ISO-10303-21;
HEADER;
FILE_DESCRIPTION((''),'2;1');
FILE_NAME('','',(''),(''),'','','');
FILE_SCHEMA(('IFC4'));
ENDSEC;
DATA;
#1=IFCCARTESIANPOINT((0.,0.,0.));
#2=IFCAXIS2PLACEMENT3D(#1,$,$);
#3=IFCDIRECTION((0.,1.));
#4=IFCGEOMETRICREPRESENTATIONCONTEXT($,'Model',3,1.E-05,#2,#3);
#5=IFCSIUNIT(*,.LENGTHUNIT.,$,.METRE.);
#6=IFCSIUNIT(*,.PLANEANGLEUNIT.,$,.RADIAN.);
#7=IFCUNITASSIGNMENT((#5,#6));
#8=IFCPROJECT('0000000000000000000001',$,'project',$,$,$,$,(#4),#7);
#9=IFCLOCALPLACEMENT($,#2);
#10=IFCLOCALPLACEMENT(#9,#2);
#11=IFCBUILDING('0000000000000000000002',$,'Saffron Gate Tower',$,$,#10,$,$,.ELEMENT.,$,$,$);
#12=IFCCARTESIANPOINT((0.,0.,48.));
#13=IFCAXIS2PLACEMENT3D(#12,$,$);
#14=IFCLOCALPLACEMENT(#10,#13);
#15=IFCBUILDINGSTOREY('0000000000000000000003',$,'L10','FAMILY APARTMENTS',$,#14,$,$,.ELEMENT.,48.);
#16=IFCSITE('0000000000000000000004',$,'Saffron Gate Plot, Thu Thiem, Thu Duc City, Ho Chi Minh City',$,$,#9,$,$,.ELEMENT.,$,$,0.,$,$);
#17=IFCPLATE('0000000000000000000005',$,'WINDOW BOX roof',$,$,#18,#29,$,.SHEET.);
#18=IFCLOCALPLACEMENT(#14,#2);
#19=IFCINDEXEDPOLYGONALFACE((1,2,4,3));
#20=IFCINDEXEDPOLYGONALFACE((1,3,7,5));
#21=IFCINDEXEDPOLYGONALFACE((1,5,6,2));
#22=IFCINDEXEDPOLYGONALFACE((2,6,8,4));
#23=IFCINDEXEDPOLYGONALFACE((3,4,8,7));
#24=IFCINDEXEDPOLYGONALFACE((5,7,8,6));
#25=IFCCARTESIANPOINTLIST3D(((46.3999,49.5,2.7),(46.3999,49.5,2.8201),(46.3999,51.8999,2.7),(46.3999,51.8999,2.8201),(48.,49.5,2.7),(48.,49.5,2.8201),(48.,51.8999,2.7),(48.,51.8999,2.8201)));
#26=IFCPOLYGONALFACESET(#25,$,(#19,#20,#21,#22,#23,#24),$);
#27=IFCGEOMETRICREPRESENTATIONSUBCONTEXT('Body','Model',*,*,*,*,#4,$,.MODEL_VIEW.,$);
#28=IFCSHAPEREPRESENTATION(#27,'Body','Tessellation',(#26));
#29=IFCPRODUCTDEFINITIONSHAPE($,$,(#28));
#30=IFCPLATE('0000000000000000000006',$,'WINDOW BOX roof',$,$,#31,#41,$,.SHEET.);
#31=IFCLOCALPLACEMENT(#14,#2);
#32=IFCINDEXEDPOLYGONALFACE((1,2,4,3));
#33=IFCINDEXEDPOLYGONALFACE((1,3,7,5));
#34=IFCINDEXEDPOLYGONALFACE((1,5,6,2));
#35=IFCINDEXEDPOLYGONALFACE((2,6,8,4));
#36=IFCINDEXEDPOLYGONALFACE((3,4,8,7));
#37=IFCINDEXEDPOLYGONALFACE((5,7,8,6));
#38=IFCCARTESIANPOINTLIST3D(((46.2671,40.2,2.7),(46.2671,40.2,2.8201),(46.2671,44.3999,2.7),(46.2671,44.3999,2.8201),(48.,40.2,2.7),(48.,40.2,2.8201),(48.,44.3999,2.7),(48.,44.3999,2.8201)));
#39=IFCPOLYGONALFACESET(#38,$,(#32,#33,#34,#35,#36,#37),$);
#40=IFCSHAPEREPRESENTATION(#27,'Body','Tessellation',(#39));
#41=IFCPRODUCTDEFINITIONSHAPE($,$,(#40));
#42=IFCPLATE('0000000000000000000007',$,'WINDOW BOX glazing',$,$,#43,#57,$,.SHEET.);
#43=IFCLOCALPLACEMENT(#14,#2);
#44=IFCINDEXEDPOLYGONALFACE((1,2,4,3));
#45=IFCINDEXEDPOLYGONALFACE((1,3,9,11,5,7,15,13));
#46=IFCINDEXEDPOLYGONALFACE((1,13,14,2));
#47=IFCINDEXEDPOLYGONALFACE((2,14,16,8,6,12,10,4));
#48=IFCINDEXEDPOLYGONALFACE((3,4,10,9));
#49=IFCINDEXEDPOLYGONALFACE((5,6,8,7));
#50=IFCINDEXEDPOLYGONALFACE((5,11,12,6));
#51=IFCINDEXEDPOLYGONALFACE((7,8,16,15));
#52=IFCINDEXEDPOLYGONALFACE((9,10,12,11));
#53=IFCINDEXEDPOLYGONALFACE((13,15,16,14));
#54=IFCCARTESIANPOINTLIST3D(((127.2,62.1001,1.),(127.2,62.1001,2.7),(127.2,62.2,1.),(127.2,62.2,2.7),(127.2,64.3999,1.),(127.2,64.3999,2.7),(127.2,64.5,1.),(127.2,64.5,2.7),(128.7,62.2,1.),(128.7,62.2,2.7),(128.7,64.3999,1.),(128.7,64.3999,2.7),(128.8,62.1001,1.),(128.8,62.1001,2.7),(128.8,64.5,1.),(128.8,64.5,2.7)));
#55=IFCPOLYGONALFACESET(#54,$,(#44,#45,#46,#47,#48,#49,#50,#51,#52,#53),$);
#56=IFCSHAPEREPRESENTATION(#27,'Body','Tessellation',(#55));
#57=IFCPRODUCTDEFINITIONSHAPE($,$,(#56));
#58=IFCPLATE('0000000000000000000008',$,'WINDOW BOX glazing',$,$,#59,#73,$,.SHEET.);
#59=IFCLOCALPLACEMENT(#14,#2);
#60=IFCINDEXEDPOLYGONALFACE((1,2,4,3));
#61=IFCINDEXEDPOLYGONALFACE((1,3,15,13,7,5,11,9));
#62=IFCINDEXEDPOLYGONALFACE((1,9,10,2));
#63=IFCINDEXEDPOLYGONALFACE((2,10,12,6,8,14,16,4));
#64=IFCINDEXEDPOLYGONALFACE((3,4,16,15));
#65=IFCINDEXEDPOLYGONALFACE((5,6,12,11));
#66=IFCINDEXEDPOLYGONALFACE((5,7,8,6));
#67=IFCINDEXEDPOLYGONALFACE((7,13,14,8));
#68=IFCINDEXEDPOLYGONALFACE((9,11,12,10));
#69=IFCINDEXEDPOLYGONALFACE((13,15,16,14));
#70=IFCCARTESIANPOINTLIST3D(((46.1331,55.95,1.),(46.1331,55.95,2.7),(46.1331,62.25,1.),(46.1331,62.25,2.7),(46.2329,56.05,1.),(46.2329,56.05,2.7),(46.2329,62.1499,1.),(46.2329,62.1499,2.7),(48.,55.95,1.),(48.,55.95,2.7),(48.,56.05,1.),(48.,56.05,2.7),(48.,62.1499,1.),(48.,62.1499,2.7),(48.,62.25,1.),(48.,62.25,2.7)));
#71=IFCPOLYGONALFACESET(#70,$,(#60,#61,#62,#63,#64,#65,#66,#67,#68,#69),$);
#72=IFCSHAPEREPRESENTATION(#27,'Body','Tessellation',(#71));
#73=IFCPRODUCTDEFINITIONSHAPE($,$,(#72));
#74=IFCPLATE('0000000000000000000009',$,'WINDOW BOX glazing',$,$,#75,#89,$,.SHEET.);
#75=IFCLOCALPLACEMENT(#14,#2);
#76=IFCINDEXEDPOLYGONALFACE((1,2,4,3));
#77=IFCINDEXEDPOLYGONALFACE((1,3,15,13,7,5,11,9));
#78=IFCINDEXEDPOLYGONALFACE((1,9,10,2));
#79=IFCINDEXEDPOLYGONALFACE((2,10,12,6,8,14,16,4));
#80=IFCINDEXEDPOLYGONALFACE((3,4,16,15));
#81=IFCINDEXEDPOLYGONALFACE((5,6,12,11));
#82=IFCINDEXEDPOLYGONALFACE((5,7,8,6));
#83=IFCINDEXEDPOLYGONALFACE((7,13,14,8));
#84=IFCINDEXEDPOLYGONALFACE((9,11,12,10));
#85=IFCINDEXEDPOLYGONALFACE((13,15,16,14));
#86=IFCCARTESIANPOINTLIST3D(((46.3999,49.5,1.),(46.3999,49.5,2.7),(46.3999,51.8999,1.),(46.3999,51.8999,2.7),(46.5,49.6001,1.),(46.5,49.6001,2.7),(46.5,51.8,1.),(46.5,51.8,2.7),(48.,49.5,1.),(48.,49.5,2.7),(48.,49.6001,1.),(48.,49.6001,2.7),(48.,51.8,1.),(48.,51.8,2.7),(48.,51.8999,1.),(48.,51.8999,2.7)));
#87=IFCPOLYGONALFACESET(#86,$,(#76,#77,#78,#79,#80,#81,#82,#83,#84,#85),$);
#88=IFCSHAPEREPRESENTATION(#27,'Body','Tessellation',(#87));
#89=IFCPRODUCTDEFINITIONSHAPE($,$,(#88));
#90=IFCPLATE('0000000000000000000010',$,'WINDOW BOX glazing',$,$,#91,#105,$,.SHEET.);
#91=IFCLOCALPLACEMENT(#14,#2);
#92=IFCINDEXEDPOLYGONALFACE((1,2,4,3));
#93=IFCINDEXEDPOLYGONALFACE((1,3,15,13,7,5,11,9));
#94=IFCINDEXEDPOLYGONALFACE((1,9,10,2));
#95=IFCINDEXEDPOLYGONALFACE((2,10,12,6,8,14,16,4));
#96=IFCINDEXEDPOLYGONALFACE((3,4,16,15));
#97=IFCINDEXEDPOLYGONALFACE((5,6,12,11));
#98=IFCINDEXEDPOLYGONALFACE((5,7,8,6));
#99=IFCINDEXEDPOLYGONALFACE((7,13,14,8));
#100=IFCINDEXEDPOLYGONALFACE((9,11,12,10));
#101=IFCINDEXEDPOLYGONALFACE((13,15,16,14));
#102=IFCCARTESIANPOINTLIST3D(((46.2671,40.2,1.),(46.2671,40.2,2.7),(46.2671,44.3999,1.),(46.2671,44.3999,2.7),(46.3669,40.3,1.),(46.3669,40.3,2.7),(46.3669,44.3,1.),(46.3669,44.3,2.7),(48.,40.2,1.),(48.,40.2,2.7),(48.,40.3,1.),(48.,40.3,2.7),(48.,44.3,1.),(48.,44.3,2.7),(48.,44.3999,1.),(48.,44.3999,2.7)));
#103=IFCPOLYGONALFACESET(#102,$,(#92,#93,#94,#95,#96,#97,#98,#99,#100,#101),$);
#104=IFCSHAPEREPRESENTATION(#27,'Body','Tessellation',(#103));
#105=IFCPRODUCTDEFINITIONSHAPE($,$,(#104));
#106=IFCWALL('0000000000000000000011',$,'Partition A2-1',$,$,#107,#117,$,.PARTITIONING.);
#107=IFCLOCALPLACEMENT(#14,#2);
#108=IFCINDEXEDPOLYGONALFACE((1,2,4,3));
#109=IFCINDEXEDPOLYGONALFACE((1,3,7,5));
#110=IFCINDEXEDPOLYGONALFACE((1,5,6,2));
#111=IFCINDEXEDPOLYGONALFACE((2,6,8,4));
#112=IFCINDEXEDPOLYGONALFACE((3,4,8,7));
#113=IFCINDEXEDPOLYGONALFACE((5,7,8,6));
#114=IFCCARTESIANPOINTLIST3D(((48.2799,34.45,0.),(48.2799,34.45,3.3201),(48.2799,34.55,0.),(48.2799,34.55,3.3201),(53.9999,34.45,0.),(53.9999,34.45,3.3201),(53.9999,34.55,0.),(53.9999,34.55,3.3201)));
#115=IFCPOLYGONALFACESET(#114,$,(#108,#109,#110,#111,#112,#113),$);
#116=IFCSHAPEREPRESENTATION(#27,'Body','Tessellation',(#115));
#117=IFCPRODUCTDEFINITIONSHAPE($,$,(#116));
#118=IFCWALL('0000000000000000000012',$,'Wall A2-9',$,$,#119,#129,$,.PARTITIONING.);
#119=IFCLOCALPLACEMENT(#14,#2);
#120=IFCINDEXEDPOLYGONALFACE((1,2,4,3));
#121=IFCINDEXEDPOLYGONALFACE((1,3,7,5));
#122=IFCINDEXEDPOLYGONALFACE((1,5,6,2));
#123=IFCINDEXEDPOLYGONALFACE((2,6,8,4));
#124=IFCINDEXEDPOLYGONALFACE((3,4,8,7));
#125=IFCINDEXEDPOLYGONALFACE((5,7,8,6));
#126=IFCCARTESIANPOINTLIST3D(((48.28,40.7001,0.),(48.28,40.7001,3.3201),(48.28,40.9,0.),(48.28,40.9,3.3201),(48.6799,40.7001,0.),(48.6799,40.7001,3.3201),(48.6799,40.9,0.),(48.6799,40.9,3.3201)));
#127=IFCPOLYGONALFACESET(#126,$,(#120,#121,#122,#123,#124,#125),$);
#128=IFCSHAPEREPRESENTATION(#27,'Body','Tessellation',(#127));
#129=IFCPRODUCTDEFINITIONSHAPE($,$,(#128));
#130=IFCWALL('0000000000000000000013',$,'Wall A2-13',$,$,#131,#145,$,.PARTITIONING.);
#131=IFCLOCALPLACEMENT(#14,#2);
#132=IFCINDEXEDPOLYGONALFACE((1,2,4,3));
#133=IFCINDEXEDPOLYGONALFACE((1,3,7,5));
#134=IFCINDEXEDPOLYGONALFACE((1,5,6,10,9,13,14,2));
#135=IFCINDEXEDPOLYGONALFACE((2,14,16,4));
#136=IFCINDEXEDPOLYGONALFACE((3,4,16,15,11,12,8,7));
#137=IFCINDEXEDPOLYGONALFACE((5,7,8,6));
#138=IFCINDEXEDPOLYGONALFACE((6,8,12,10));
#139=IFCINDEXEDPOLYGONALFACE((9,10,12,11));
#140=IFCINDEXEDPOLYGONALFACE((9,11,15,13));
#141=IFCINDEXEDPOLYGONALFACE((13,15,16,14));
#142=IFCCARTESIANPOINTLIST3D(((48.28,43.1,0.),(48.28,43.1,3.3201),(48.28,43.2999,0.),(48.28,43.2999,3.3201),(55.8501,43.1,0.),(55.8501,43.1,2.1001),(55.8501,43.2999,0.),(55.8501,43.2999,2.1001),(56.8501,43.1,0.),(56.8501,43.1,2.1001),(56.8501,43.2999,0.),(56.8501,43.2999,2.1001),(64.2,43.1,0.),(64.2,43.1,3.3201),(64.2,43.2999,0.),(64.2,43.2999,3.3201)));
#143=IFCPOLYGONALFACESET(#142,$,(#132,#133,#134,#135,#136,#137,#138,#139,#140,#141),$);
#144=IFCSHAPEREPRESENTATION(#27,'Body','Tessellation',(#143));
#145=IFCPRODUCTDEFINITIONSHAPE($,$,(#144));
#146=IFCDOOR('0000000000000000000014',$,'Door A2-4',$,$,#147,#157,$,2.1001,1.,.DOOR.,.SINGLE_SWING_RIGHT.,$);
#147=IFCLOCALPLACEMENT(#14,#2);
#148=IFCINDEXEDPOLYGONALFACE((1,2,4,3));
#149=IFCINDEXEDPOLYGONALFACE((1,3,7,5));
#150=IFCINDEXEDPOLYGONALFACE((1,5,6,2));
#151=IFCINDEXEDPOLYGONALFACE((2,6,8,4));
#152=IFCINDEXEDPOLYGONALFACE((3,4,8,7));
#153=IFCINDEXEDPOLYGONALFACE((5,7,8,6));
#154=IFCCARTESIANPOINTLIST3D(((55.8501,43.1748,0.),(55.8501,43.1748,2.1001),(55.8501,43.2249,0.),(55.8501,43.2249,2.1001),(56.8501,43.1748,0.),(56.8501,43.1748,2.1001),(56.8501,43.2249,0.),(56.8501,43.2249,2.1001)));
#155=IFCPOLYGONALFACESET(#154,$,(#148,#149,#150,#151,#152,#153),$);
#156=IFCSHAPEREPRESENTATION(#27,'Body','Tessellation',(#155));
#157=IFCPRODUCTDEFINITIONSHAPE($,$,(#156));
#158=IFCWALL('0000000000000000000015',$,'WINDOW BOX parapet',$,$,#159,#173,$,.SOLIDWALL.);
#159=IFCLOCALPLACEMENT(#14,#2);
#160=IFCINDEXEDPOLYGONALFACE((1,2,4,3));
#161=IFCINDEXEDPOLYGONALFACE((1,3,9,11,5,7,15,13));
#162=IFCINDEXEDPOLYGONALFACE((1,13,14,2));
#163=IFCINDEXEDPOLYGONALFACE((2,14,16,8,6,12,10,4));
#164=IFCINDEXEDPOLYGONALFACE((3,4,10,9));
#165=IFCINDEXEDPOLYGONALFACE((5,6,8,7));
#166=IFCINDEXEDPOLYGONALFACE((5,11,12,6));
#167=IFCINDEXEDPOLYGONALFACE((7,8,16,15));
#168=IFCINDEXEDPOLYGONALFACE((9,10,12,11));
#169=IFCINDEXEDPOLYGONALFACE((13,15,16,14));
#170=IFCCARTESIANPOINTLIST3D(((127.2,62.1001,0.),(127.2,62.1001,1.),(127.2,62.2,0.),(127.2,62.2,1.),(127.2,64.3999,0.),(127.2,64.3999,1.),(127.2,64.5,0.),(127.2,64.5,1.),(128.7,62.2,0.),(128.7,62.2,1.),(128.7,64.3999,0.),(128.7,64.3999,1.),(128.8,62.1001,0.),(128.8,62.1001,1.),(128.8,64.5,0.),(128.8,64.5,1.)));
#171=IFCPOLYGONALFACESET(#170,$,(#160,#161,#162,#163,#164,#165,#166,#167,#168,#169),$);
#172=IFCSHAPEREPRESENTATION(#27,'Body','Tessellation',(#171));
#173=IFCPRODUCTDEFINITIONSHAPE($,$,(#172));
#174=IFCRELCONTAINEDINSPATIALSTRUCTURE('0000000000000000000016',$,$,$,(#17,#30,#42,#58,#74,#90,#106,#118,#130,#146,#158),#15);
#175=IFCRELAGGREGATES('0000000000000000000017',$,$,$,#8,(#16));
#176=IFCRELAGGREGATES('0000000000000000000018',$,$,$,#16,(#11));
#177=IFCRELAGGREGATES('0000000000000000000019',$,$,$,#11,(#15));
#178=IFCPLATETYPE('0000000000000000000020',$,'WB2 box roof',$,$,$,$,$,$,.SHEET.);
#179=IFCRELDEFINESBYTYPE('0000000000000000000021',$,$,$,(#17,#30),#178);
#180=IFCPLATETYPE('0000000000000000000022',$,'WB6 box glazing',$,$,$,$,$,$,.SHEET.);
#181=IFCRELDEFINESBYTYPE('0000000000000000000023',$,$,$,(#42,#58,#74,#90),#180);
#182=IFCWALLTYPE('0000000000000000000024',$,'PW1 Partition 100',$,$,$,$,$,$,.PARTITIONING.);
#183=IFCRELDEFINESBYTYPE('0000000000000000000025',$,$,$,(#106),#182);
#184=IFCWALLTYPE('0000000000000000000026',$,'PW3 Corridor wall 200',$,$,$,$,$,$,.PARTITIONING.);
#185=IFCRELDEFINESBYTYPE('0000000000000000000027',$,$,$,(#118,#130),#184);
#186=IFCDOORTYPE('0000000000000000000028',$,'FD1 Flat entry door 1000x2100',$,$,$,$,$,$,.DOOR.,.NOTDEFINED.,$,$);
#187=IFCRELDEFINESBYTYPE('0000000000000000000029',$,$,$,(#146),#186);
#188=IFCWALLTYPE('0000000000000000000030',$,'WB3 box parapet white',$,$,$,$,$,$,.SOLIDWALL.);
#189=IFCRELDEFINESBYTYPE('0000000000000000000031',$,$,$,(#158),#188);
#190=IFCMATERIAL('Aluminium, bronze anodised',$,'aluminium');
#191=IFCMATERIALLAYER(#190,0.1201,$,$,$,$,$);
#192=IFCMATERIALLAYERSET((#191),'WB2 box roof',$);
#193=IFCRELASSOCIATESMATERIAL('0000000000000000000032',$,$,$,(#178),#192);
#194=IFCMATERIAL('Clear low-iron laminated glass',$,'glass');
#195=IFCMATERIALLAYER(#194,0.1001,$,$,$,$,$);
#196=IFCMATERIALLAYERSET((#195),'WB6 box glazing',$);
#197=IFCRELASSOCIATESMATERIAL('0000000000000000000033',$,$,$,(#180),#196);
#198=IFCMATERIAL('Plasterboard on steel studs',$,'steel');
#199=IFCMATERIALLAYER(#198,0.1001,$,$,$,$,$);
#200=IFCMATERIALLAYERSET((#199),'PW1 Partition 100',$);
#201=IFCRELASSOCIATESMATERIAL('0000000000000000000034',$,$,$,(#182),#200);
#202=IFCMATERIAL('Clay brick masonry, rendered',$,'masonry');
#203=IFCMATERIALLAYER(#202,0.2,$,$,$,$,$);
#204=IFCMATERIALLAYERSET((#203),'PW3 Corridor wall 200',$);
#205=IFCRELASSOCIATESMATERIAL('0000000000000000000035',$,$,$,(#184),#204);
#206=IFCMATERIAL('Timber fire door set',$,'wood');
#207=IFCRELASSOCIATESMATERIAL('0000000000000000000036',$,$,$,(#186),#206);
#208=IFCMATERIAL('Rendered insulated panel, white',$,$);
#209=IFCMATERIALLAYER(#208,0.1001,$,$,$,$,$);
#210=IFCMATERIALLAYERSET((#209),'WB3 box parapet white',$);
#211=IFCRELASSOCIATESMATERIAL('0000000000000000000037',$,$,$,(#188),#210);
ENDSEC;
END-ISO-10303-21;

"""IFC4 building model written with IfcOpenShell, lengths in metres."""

from ifc_helpers import new_model, si_unit, direction, frame, frame_2d, origin, place, context, subcontext, project, spatial, polyline, rectangle, outline, extrude, material, layer, layer_set, type_object, element, fill, save


model = new_model("IFC4")

# Units and contexts
model_context = context("Model", 3, precision=1e-05, world=origin(), true_north=direction((0.0, 1.0)))
body_context = subcontext(model_context, "Body", "Model", "MODEL_VIEW")
ifc_project = project(units=[si_unit("LENGTHUNIT", "METRE"), si_unit("PLANEANGLEUNIT", "RADIAN")], contexts=[model_context])

# Site, building, storey
site_placement = place(None, origin())
site = spatial("IfcSite", under=ifc_project, at=site_placement, Name="Saffron Gate Plot, Thu Thiem, Thu Duc City, Ho Chi Minh City", CompositionType="ELEMENT", RefElevation=0.0)
building_placement = place(site_placement, origin())
building = spatial("IfcBuilding", under=site, at=building_placement, Name="Saffron Gate Tower", CompositionType="ELEMENT")
storey_placement = place(building_placement, frame((0.0, 0.0, 48.0)))
storey = spatial("IfcBuildingStorey", under=building, at=storey_placement, Name="L10", Description="FAMILY APARTMENTS", CompositionType="ELEMENT", Elevation=48.0)

# Shared definitions
ifc_material_1 = material(Name="Aluminium, bronze anodised", Category="aluminium")

# Plates
ifc_layer_1 = layer(ifc_material_1, 0.1201)
ifc_layer_set_1 = layer_set([ifc_layer_1], Name="WB2 box roof")
plate_type_1 = type_object("IfcPlateType", Name="WB2 box roof", PredefinedType="SHEET", material=ifc_layer_set_1)
plate_1_placement = place(storey_placement, frame((0.0, 0.0, 2.7)))
element("IfcPlate", 1, at=plate_1_placement, inside=storey, type_object=plate_type_1, Name="WINDOW BOX roof", PredefinedType="SHEET", context=body_context, shape_type="SweptSolid", body=[
    extrude(outline(polyline([(48.0, 51.8999), (48.0, 49.5), (46.3999, 49.5), (46.3999, 51.8999), (48.0, 51.8999)])), origin(), (0.0, 0.0, 1.0), 0.1201),
])
plate_2_placement = place(storey_placement, frame((0.0, 0.0, 2.7)))
element("IfcPlate", 2, at=plate_2_placement, inside=storey, type_object=plate_type_1, Name="WINDOW BOX roof", PredefinedType="SHEET", context=body_context, shape_type="SweptSolid", body=[
    extrude(outline(polyline([(48.0, 44.3999), (48.0, 40.2), (46.2671, 40.2), (46.2671, 44.3999), (48.0, 44.3999)])), origin(), (0.0, 0.0, 1.0), 0.1201),
])
ifc_material_2 = material(Name="Clear low-iron laminated glass", Category="glass")
ifc_layer_2 = layer(ifc_material_2, 0.1001)
ifc_layer_set_2 = layer_set([ifc_layer_2], Name="WB6 box glazing")
plate_type_2 = type_object("IfcPlateType", Name="WB6 box glazing", PredefinedType="SHEET", material=ifc_layer_set_2)
plate_3_placement = place(storey_placement, frame((0.0, 0.0, 1.0)))
element("IfcPlate", 3, at=plate_3_placement, inside=storey, type_object=plate_type_2, Name="WINDOW BOX glazing", PredefinedType="SHEET", context=body_context, shape_type="SweptSolid", body=[
    extrude(outline(polyline([(127.2, 62.1001), (127.2, 62.2), (128.7, 62.2), (128.7, 64.3999), (127.2, 64.3999), (127.2, 64.5), (128.8, 64.5), (128.8, 62.1001), (127.2, 62.1001)])), origin(), (0.0, 0.0, 1.0), 1.7),
])
plate_4_placement = place(storey_placement, frame((0.0, 0.0, 1.0)))
element("IfcPlate", 4, at=plate_4_placement, inside=storey, type_object=plate_type_2, Name="WINDOW BOX glazing", PredefinedType="SHEET", context=body_context, shape_type="SweptSolid", body=[
    extrude(outline(polyline([(48.0, 62.25), (48.0, 62.1499), (46.2329, 62.1499), (46.2329, 56.05), (48.0, 56.05), (48.0, 55.95), (46.1331, 55.95), (46.1331, 62.25), (48.0, 62.25)])), origin(), (0.0, 0.0, 1.0), 1.7),
])
plate_5_placement = place(storey_placement, frame((0.0, 0.0, 1.0)))
element("IfcPlate", 5, at=plate_5_placement, inside=storey, type_object=plate_type_2, Name="WINDOW BOX glazing", PredefinedType="SHEET", context=body_context, shape_type="SweptSolid", body=[
    extrude(outline(polyline([(48.0, 51.8999), (48.0, 51.8), (46.5, 51.8), (46.5, 49.6001), (48.0, 49.6001), (48.0, 49.5), (46.3999, 49.5), (46.3999, 51.8999), (48.0, 51.8999)])), origin(), (0.0, 0.0, 1.0), 1.7),
])
plate_6_placement = place(storey_placement, frame((0.0, 0.0, 1.0)))
element("IfcPlate", 6, at=plate_6_placement, inside=storey, type_object=plate_type_2, Name="WINDOW BOX glazing", PredefinedType="SHEET", context=body_context, shape_type="SweptSolid", body=[
    extrude(outline(polyline([(48.0, 44.3999), (48.0, 44.3), (46.3669, 44.3), (46.3669, 40.3), (48.0, 40.3), (48.0, 40.2), (46.2671, 40.2), (46.2671, 44.3999), (48.0, 44.3999)])), origin(), (0.0, 0.0, 1.0), 1.7),
])

# Walls
ifc_material_3 = material(Name="Plasterboard on steel studs", Category="steel")
ifc_layer_3 = layer(ifc_material_3, 0.1001)
ifc_layer_set_3 = layer_set([ifc_layer_3], Name="PW1 Partition 100")
wall_type_1 = type_object("IfcWallType", Name="PW1 Partition 100", PredefinedType="PARTITIONING", material=ifc_layer_set_3)
wall_1_placement = place(storey_placement, frame((48.28, 34.5, 0.0), z_axis=(0.0, 0.0, 1.0), x_axis=(1.0, 0.0, 0.0)))
element("IfcWall", 7, at=wall_1_placement, inside=storey, type_object=wall_type_1, Name="Partition A2-1", PredefinedType="PARTITIONING", context=body_context, shape_type="SweptSolid", body=[
    extrude(rectangle(XDim=5.72, YDim=0.1001, at=frame_2d((2.8599, 0.0))), origin(), (0.0, 0.0, 1.0), 3.3201),
])
ifc_material_4 = material(Name="Clay brick masonry, rendered", Category="masonry")
ifc_layer_4 = layer(ifc_material_4, 0.2)
ifc_layer_set_4 = layer_set([ifc_layer_4], Name="PW3 Corridor wall 200")
wall_type_2 = type_object("IfcWallType", Name="PW3 Corridor wall 200", PredefinedType="PARTITIONING", material=ifc_layer_set_4)
wall_2_placement = place(storey_placement, frame((48.28, 40.8, 0.0), z_axis=(0.0, 0.0, 1.0), x_axis=(1.0, 0.0, 0.0)))
element("IfcWall", 8, at=wall_2_placement, inside=storey, type_object=wall_type_2, Name="Wall A2-9", PredefinedType="PARTITIONING", context=body_context, shape_type="SweptSolid", body=[
    extrude(rectangle(XDim=0.3999, YDim=0.2, at=frame_2d((0.2, 0.0))), origin(), (0.0, 0.0, 1.0), 3.3201),
])

# Wall, opening, door
wall_3_placement = place(storey_placement, frame((48.28, 43.2, 0.0), z_axis=(0.0, 0.0, 1.0), x_axis=(1.0, 0.0, 0.0)))
wall_3 = element("IfcWall", 9, at=wall_3_placement, inside=storey, type_object=wall_type_2, Name="Wall A2-13", PredefinedType="PARTITIONING", context=body_context, shape_type="SweptSolid", body=[
    extrude(rectangle(XDim=15.9199, YDim=0.2, at=frame_2d((7.96, 0.0))), origin(), (0.0, 0.0, 1.0), 3.3201),
])
opening_placement = place(wall_3_placement, frame((7.5701, 0.0, 0.0)))
opening = element("IfcOpeningElement", 10, at=opening_placement, cuts=wall_3, PredefinedType="OPENING", context=body_context, shape_type="SweptSolid", body=[
    extrude(rectangle(XDim=1.0, YDim=2.1001, at=frame_2d((0.5, 1.05))), frame((0.0, 0.1099, 0.0), z_axis=(0.0, -1.0, 0.0), x_axis=(1.0, 0.0, 0.0)), (0.0, 0.0, 1.0), 0.22),
])
ifc_material_5 = material(Name="Timber fire door set", Category="wood")
door_type = type_object("IfcDoorType", Name="FD1 Flat entry door 1000x2100", OperationType="NOTDEFINED", PredefinedType="DOOR", material=ifc_material_5)
door_placement = place(opening_placement, origin())
door = element("IfcDoor", 11, at=door_placement, inside=storey, type_object=door_type, Name="Door A2-4", OperationType="SINGLE_SWING_RIGHT", OverallHeight=2.1001, OverallWidth=1.0, PredefinedType="DOOR", context=body_context, shape_type="SweptSolid", body=[
    extrude(rectangle(XDim=1.0, YDim=2.1001, at=frame_2d((0.5, 1.05))), frame((0.0, 0.0249, 0.0), z_axis=(0.0, -1.0, 0.0), x_axis=(1.0, 0.0, 0.0)), (0.0, 0.0, 1.0), 0.05),
])
fill(opening, door)

# Wall
ifc_material_6 = material(Name="Rendered insulated panel, white")
ifc_layer_5 = layer(ifc_material_6, 0.1001)
ifc_layer_set_5 = layer_set([ifc_layer_5], Name="WB3 box parapet white")
wall_type_3 = type_object("IfcWallType", Name="WB3 box parapet white", PredefinedType="SOLIDWALL", material=ifc_layer_set_5)
wall_4_placement = place(storey_placement, origin())
element("IfcWall", 12, at=wall_4_placement, inside=storey, type_object=wall_type_3, Name="WINDOW BOX parapet", PredefinedType="SOLIDWALL", context=body_context, shape_type="SweptSolid", body=[
    extrude(outline(polyline([(127.2, 62.1001), (127.2, 62.2), (128.7, 62.2), (128.7, 64.3999), (127.2, 64.3999), (127.2, 64.5), (128.8, 64.5), (128.8, 62.1001), (127.2, 62.1001)])), origin(), (0.0, 0.0, 1.0), 1.0),
])

save(model, "model.ifc")
